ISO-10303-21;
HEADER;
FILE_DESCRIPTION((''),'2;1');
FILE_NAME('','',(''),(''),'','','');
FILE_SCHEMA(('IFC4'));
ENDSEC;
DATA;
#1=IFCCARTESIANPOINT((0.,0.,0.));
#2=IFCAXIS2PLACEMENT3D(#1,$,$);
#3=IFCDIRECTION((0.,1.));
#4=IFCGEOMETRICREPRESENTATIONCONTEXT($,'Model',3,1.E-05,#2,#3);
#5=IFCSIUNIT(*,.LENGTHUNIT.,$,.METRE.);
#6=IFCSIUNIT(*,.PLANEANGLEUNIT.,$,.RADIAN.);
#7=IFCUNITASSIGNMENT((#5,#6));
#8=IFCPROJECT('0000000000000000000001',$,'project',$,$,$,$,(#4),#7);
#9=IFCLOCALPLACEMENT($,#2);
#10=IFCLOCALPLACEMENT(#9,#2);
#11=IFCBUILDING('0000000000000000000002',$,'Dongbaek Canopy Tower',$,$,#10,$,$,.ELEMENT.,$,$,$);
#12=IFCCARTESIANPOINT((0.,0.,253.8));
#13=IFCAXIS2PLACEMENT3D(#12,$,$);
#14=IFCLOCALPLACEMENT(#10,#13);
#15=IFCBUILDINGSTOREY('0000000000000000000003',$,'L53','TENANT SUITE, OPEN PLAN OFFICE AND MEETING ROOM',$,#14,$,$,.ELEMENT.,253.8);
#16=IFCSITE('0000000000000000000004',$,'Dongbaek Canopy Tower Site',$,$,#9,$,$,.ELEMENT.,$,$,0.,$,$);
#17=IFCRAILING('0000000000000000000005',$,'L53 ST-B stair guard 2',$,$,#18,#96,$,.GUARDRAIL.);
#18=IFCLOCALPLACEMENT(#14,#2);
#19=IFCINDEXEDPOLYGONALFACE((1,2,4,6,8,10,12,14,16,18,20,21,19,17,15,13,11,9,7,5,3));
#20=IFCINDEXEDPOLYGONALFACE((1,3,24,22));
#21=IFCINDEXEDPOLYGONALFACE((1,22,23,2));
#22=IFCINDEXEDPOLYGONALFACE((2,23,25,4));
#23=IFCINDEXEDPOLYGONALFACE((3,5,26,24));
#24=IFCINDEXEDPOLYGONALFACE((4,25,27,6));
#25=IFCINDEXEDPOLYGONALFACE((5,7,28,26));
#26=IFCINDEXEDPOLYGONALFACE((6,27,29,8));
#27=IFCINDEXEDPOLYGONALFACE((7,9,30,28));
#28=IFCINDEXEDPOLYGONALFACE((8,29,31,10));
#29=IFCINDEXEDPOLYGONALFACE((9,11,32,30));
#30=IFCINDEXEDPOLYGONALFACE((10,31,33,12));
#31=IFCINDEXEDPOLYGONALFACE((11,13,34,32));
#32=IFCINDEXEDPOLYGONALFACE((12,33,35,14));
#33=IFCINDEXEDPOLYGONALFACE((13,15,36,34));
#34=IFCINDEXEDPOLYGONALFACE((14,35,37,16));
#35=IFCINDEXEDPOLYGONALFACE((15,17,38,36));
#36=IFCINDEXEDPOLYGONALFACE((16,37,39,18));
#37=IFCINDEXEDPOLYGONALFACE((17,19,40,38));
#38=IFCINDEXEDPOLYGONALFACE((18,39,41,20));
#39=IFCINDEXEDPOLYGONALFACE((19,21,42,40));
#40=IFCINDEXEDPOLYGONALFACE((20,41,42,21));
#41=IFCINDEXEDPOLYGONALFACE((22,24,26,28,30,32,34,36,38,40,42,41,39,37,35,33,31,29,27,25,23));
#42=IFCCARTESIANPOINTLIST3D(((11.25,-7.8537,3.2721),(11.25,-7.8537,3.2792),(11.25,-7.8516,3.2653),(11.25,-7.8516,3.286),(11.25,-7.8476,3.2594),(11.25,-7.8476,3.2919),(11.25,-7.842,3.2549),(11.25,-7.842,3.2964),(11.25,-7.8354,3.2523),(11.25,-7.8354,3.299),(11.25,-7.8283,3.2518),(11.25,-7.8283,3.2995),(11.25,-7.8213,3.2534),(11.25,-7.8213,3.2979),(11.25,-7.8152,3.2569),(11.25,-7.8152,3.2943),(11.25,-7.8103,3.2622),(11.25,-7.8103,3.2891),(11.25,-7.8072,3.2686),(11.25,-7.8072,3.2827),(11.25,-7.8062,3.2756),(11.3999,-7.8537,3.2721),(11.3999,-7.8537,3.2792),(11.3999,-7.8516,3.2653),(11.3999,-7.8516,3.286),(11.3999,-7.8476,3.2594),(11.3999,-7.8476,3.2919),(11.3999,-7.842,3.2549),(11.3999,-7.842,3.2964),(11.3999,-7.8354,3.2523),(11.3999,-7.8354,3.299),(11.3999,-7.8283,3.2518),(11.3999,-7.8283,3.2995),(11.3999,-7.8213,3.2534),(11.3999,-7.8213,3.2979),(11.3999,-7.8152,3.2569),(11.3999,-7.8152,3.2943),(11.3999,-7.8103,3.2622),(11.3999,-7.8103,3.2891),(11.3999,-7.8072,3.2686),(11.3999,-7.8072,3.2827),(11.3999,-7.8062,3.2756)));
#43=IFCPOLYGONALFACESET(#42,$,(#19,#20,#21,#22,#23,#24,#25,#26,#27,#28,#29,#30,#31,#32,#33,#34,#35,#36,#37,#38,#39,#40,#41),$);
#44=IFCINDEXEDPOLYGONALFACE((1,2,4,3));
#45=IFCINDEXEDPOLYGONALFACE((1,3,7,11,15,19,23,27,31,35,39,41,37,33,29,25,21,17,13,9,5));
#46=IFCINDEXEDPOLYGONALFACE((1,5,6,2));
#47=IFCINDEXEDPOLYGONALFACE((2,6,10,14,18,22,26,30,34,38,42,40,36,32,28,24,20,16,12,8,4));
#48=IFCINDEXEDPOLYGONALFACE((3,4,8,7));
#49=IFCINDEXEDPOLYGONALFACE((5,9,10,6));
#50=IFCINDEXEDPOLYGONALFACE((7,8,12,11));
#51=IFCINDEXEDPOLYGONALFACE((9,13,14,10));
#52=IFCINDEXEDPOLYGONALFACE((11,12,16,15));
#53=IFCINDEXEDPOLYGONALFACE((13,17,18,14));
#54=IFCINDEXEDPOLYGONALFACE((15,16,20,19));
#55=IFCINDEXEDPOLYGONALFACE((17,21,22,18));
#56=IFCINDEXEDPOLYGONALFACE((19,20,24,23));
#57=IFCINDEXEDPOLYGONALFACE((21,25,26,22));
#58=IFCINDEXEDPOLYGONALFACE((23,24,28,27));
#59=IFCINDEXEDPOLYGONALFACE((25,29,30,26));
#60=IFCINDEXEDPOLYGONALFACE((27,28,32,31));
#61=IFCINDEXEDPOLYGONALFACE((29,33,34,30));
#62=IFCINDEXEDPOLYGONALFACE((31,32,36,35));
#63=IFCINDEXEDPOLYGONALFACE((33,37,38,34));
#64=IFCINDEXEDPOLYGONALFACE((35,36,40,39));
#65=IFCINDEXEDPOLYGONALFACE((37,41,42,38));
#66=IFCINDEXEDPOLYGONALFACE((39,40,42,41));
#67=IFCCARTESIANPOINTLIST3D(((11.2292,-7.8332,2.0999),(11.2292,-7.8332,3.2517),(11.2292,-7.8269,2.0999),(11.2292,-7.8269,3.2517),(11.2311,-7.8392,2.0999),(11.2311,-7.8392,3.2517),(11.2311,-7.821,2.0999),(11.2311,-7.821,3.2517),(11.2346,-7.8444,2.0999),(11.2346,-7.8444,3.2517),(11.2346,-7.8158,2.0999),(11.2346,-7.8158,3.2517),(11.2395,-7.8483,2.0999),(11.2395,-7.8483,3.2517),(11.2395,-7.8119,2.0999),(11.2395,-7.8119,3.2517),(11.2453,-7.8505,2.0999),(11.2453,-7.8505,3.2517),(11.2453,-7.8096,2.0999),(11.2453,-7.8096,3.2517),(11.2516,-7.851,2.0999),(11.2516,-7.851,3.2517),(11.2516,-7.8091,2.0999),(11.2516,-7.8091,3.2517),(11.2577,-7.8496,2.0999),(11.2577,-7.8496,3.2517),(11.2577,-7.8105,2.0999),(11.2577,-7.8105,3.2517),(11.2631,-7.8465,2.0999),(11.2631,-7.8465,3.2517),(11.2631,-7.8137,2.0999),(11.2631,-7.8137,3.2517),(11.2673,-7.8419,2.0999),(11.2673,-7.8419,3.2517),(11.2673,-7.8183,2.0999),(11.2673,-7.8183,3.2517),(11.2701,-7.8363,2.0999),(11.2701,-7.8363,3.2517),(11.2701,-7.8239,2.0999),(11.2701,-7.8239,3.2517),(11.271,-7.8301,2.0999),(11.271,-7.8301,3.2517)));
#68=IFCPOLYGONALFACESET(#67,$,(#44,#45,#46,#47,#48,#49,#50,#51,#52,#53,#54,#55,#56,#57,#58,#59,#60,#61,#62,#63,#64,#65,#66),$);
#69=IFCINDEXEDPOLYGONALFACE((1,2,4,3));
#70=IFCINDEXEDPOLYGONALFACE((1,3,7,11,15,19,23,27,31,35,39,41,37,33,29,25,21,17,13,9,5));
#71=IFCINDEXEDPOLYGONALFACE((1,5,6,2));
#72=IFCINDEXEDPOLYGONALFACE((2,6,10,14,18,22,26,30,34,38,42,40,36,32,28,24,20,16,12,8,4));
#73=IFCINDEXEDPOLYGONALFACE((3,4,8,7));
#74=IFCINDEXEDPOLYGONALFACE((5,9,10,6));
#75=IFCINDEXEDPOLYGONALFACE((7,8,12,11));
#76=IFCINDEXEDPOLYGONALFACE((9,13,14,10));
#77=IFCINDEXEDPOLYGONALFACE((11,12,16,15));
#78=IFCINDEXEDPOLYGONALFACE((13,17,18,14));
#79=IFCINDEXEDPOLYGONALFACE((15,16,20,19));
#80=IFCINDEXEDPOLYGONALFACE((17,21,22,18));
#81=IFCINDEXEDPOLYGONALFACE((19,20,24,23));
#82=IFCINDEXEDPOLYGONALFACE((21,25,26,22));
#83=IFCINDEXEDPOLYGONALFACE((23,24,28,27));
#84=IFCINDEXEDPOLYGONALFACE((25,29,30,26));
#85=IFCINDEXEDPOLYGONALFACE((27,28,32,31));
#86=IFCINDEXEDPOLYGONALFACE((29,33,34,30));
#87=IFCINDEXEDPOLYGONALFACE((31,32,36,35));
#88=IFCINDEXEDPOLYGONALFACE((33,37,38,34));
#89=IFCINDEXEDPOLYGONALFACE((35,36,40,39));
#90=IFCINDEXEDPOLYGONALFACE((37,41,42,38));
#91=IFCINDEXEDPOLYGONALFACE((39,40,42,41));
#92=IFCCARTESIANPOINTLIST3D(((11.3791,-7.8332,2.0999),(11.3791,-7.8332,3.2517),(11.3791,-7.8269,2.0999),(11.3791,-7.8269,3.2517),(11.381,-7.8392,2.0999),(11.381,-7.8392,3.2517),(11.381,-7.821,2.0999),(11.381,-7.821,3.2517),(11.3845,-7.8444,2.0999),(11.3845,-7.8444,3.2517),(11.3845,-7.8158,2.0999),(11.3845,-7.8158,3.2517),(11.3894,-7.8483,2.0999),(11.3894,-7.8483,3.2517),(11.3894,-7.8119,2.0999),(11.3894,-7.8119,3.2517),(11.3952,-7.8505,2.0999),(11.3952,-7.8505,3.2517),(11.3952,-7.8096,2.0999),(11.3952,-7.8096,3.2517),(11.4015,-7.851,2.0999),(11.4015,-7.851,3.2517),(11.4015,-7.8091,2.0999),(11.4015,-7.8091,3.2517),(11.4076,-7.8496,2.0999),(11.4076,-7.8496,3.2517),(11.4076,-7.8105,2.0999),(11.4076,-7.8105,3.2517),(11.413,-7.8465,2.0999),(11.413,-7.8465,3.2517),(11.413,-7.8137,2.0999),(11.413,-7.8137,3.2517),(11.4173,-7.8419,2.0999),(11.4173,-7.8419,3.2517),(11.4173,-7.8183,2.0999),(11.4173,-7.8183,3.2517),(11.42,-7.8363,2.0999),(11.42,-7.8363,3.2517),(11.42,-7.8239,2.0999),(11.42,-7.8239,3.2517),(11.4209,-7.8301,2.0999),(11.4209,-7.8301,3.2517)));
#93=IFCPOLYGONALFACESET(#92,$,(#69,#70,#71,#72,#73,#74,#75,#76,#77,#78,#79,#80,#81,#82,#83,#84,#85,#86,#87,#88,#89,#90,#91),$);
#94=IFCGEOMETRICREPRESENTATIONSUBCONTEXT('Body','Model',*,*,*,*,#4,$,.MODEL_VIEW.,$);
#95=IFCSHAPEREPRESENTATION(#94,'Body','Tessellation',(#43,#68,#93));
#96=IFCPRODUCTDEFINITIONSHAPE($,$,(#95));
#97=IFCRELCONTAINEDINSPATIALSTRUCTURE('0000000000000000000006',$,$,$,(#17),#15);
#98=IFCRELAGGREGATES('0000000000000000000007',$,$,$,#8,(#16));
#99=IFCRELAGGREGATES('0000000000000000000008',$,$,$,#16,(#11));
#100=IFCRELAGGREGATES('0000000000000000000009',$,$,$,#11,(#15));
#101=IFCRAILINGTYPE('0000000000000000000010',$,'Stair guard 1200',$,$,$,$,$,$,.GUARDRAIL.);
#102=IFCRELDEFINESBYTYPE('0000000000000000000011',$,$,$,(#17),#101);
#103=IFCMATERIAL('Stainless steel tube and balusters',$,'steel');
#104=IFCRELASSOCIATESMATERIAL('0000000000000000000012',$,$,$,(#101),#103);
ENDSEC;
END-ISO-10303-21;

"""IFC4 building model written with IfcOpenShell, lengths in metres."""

from ifc_helpers import new_model, si_unit, direction, frame, origin, origin_2d, place, context, subcontext, project, spatial, circle, extrude, material, type_object, element, save


model = new_model("IFC4")

# Units and contexts
model_context = context("Model", 3, precision=1e-05, world=origin(), true_north=direction((0.0, 1.0)))
body_context = subcontext(model_context, "Body", "Model", "MODEL_VIEW")
ifc_project = project(units=[si_unit("LENGTHUNIT", "METRE"), si_unit("PLANEANGLEUNIT", "RADIAN")], contexts=[model_context])

# Site, building, storey
site_placement = place(None, origin())
site = spatial("IfcSite", under=ifc_project, at=site_placement, Name="Dongbaek Canopy Tower Site", CompositionType="ELEMENT", RefElevation=0.0)
building_placement = place(site_placement, origin())
building = spatial("IfcBuilding", under=site, at=building_placement, Name="Dongbaek Canopy Tower", CompositionType="ELEMENT")
storey_placement = place(building_placement, frame((0.0, 0.0, 253.8)))
storey = spatial("IfcBuildingStorey", under=building, at=storey_placement, Name="L53", Description="TENANT SUITE, OPEN PLAN OFFICE AND MEETING ROOM", CompositionType="ELEMENT", Elevation=253.8)

# Railing
ifc_material_1 = material(Name="Stainless steel tube and balusters", Category="steel")
railing_type_1 = type_object("IfcRailingType", Name="Stair guard 1200", PredefinedType="GUARDRAIL", material=ifc_material_1)
railing_1_placement = place(storey_placement, frame((11.25, -7.8301, 2.0999)))
element("IfcRailing", 1, at=railing_1_placement, inside=storey, type_object=railing_type_1, Name="L53 ST-B stair guard 2", PredefinedType="GUARDRAIL", context=body_context, shape_type="SweptSolid", body=[
    extrude(circle(Radius=0.0239, at=origin_2d()), frame((0.0, 0.0, 1.1758), z_axis=(1.0, 0.0, 0.0), x_axis=(0.0, 1.0, 0.0)), (0.0, 0.0, 1.0), 0.1499),
    extrude(circle(Radius=0.021, at=origin_2d()), origin(), (0.0, 0.0, 1.0), 1.1519),
    extrude(circle(Radius=0.021, at=origin_2d()), frame((0.1499, 0.0, 0.0)), (0.0, 0.0, 1.0), 1.1519),
])

save(model, "model.ifc")
